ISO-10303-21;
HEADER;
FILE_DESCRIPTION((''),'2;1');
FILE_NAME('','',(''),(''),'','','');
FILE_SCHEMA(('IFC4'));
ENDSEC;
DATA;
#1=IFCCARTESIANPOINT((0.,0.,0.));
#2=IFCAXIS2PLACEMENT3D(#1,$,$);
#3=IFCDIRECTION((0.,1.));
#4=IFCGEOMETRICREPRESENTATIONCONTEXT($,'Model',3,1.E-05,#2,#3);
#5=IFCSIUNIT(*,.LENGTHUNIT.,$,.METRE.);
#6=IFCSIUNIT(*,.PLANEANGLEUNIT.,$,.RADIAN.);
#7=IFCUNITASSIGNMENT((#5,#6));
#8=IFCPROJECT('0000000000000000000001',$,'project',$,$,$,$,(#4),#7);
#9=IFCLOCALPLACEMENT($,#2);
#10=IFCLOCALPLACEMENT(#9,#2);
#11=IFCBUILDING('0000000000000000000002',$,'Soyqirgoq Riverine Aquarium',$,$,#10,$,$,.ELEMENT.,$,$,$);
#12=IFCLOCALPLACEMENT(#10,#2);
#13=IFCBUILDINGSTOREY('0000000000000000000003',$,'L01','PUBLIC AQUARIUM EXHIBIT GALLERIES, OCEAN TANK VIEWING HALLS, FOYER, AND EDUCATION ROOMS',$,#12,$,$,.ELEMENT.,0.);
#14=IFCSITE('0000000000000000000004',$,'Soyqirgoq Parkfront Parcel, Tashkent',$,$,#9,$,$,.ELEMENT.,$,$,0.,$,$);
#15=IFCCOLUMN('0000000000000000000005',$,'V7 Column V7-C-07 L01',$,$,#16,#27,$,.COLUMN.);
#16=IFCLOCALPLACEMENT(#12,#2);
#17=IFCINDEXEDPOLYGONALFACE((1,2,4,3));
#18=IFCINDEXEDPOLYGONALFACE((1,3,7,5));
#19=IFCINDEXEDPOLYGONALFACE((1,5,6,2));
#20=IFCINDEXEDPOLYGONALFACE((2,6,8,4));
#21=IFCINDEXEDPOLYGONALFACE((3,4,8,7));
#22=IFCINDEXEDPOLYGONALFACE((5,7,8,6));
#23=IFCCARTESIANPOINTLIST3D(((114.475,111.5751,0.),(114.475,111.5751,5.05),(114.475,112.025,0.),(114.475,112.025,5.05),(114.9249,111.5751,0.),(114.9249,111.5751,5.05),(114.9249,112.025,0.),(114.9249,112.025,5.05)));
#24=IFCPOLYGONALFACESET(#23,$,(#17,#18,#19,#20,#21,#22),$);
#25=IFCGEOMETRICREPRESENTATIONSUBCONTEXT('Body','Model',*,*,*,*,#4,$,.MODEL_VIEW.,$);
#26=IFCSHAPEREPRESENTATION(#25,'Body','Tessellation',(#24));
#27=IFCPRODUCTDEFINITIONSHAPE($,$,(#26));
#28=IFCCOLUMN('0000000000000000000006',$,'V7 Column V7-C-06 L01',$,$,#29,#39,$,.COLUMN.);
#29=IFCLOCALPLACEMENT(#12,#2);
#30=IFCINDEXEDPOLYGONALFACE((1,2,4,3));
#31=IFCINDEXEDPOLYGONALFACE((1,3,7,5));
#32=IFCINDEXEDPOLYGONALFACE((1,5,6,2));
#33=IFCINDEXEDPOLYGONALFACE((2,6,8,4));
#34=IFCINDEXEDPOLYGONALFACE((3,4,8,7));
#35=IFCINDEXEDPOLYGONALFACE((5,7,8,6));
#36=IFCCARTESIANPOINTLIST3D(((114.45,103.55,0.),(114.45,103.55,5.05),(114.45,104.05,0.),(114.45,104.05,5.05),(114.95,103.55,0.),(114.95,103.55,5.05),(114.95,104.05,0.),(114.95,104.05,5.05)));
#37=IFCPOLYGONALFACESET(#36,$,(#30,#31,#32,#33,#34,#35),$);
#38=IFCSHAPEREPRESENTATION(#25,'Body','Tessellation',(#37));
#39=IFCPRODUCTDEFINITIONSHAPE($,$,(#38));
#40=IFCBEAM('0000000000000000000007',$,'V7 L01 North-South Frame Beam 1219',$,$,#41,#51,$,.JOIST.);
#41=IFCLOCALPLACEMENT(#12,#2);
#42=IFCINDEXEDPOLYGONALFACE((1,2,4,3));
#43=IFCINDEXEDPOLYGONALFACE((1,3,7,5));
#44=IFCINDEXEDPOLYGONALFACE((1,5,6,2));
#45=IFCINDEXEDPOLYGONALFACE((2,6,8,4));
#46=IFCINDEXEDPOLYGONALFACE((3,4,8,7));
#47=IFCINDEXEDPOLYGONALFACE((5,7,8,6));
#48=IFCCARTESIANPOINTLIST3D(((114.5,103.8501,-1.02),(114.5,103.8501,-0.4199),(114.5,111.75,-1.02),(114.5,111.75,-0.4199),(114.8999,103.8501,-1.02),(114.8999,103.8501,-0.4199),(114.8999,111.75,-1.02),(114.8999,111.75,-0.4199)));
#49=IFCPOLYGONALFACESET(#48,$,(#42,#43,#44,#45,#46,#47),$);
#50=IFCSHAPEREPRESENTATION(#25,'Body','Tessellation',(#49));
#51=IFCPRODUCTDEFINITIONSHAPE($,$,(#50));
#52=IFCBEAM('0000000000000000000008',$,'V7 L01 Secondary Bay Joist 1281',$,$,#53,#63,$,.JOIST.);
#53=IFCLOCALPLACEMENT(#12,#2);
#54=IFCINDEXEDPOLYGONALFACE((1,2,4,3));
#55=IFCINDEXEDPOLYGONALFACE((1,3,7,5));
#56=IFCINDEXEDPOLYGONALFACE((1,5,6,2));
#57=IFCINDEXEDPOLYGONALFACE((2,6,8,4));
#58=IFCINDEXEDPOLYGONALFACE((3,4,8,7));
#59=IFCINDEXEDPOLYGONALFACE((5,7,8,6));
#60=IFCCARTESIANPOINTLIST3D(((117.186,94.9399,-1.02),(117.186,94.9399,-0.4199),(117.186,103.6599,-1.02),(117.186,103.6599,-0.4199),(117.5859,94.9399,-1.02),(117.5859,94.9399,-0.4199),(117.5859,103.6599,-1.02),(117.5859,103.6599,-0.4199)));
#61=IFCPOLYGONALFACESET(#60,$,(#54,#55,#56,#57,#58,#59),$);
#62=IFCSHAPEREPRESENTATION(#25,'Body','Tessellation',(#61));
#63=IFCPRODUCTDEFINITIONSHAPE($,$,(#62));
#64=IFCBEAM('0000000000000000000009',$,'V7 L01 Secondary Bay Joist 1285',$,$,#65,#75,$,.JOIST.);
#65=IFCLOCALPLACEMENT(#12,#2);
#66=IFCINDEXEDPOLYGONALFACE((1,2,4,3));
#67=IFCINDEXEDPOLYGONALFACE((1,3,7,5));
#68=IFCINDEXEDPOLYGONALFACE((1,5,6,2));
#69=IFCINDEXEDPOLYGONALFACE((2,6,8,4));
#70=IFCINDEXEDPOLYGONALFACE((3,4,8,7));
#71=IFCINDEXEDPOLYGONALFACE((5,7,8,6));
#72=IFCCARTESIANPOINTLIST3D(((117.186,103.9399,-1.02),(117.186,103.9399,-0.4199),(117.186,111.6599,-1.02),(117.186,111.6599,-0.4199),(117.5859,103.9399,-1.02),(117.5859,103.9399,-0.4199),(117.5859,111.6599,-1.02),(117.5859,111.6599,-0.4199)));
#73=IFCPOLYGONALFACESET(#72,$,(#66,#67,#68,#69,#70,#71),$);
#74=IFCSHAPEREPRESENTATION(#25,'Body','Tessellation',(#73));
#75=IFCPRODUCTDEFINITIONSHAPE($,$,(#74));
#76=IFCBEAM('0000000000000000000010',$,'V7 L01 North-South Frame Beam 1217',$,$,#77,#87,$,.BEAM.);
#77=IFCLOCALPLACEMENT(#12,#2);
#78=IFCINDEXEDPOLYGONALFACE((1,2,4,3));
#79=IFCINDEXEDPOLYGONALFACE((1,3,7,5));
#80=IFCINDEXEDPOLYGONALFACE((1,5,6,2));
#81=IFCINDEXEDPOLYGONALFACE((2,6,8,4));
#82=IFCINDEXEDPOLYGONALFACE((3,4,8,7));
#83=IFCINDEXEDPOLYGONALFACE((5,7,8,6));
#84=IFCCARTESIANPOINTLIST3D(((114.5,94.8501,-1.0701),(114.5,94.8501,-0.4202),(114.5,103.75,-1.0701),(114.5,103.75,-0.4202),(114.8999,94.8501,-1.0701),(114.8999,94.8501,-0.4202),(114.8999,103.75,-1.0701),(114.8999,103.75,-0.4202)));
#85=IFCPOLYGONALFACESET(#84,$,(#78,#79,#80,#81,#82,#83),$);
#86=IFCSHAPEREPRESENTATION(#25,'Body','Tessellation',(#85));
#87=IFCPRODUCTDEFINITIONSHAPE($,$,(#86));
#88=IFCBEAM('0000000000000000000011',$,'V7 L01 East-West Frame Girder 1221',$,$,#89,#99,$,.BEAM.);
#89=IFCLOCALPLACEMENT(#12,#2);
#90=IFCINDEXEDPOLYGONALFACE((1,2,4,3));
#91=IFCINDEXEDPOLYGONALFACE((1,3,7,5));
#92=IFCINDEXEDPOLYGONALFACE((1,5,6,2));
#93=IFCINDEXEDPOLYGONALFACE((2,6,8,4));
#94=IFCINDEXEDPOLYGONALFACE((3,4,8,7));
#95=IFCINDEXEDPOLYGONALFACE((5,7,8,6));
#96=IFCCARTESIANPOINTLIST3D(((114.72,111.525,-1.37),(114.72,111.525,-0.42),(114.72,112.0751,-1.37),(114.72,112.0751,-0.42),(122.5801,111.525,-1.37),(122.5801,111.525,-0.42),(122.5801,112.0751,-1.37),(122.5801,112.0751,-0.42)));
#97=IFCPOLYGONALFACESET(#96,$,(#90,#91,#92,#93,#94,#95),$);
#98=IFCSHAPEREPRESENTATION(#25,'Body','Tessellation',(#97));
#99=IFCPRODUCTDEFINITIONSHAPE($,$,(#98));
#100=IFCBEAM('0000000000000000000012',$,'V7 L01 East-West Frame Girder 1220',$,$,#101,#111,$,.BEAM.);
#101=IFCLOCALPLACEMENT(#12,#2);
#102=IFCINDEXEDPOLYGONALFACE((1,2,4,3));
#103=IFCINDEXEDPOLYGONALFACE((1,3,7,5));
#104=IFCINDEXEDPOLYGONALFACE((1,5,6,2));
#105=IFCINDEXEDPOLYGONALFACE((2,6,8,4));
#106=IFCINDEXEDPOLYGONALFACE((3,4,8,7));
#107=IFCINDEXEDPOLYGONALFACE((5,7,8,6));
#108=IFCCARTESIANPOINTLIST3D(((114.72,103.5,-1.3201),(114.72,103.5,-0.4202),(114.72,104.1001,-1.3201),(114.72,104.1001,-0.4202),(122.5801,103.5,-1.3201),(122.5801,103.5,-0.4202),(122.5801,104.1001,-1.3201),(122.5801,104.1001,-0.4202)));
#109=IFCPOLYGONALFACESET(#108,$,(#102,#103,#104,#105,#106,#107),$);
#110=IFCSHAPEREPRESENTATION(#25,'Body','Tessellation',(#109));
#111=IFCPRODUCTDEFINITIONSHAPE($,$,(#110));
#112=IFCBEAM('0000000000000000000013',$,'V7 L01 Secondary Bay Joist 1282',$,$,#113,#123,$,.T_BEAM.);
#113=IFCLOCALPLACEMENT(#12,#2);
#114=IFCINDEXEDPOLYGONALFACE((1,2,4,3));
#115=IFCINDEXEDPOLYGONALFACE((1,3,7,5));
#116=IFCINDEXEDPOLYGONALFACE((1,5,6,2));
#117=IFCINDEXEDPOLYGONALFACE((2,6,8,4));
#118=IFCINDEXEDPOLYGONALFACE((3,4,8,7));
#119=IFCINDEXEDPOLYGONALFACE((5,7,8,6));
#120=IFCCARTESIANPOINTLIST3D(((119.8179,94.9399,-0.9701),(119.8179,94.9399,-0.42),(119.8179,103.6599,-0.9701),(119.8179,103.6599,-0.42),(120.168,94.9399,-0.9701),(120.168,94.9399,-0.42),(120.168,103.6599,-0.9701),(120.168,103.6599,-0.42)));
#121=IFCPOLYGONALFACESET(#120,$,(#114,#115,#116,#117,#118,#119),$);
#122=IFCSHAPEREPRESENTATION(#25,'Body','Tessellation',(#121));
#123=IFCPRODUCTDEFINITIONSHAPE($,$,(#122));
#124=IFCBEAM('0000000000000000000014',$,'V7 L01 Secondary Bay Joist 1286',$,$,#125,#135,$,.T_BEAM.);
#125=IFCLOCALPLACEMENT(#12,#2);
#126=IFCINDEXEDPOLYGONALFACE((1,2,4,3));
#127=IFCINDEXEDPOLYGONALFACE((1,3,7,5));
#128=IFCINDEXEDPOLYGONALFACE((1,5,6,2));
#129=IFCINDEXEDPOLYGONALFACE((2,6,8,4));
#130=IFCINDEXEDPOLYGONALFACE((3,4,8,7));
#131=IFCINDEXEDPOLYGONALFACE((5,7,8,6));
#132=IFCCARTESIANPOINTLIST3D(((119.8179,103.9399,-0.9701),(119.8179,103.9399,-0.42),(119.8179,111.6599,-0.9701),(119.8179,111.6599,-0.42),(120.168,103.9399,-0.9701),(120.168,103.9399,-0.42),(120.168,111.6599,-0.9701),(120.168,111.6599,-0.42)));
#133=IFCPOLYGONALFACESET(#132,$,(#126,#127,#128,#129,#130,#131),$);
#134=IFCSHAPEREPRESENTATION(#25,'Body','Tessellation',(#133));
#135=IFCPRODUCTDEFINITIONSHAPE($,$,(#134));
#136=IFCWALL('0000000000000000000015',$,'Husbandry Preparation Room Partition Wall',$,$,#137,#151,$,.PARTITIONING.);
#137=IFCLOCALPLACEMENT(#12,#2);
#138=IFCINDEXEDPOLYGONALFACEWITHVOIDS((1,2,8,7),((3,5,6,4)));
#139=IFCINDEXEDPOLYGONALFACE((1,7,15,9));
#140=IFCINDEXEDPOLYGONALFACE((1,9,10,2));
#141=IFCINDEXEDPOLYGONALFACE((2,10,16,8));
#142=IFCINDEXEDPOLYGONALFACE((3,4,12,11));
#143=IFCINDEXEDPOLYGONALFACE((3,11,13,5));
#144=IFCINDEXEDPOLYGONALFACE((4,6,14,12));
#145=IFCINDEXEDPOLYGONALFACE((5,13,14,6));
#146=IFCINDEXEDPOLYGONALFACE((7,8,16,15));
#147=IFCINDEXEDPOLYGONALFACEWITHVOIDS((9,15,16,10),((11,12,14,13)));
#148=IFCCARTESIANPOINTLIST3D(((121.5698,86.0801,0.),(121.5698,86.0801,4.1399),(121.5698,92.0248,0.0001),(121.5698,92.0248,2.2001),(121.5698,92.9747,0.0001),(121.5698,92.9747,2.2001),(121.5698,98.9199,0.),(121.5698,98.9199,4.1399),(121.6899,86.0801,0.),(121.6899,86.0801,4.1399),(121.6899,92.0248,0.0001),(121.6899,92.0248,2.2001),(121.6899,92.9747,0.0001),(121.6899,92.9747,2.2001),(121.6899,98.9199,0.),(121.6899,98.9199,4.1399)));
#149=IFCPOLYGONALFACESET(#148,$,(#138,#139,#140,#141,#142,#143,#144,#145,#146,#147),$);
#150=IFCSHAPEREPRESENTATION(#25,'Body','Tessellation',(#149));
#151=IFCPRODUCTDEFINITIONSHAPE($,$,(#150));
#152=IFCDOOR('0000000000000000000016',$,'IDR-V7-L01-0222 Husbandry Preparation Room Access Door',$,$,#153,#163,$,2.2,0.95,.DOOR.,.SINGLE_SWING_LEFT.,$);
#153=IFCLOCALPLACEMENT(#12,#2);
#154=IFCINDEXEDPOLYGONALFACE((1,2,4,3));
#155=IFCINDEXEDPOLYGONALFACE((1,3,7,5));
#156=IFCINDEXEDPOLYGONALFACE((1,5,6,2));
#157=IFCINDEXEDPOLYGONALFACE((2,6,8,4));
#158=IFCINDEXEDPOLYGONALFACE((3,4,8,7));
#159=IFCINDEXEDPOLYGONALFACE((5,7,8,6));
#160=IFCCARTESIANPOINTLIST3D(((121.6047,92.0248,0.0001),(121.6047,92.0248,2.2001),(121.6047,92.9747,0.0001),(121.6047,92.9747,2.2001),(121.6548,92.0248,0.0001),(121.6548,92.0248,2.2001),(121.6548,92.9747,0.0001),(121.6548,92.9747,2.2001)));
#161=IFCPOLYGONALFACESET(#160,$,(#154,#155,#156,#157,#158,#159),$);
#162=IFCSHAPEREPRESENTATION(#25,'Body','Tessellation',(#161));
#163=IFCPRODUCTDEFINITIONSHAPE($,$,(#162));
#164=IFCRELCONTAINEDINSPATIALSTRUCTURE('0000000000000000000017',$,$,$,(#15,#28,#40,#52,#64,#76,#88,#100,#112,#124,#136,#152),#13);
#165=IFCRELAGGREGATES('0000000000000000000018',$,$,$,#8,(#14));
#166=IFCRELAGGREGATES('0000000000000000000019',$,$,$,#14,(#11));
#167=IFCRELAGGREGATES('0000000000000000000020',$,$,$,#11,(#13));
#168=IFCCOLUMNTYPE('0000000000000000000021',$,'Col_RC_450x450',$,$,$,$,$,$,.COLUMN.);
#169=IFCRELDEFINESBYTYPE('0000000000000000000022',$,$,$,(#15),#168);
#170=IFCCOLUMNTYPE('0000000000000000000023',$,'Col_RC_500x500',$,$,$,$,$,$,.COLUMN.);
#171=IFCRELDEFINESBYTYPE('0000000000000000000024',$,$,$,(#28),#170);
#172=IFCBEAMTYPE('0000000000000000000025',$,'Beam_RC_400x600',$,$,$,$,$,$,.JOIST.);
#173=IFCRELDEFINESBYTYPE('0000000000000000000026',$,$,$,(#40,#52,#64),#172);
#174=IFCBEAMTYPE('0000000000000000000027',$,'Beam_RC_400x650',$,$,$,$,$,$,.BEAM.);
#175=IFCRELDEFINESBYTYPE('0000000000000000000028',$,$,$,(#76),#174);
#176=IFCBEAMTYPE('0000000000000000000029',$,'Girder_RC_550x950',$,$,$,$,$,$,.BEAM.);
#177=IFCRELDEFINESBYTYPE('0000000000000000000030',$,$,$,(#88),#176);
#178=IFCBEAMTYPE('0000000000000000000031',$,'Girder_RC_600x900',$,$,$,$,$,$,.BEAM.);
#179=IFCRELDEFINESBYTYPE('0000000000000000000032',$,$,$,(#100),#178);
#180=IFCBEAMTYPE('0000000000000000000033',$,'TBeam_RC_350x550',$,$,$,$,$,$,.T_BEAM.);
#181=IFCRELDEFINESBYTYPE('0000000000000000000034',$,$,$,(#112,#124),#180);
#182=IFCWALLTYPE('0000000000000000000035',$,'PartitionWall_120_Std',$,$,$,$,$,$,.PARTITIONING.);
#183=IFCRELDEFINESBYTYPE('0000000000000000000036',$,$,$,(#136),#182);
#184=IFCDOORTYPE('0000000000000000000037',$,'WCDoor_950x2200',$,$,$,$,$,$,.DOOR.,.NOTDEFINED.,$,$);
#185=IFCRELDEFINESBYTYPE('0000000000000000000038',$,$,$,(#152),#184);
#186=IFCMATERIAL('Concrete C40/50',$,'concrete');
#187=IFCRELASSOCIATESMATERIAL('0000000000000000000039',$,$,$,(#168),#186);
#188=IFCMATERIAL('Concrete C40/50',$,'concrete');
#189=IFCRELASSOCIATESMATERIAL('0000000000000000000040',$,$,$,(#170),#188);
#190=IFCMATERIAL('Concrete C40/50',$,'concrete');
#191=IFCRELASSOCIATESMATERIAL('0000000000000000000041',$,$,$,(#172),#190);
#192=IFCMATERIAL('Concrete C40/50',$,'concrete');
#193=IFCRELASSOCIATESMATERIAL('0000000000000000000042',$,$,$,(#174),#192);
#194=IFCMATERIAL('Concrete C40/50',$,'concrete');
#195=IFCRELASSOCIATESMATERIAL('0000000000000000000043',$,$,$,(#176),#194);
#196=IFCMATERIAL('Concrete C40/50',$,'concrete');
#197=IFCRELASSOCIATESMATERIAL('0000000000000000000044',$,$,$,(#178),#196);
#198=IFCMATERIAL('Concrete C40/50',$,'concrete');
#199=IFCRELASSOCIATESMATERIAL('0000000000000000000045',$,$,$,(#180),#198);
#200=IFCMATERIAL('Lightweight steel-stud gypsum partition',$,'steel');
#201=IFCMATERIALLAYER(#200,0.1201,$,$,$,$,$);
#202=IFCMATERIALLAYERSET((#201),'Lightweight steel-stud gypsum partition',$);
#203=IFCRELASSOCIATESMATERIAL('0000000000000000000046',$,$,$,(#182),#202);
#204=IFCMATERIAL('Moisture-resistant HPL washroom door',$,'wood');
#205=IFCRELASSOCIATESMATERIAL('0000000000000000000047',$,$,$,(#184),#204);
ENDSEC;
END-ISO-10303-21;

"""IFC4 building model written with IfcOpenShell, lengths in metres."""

from ifc_helpers import new_model, si_unit, direction, frame, frame_2d, origin, origin_2d, place, context, subcontext, project, spatial, rectangle, extrude, material, layer, layer_set, material_profile, profile_set, type_object, element, fill, save


model = new_model("IFC4")

# Units and contexts
model_context = context("Model", 3, precision=1e-05, world=origin(), true_north=direction((0.0, 1.0)))
body_context = subcontext(model_context, "Body", "Model", "MODEL_VIEW")
ifc_project = project(units=[si_unit("LENGTHUNIT", "METRE"), si_unit("PLANEANGLEUNIT", "RADIAN")], contexts=[model_context])

# Site, building, storey
site_placement = place(None, origin())
site = spatial("IfcSite", under=ifc_project, at=site_placement, Name="Soyqirgoq Parkfront Parcel, Tashkent", CompositionType="ELEMENT", RefElevation=0.0)
building_placement = place(site_placement, origin())
building = spatial("IfcBuilding", under=site, at=building_placement, Name="Soyqirgoq Riverine Aquarium", CompositionType="ELEMENT")
storey_placement = place(building_placement, origin())
storey = spatial("IfcBuildingStorey", under=building, at=storey_placement, Name="L01", Description="PUBLIC AQUARIUM EXHIBIT GALLERIES, OCEAN TANK VIEWING HALLS, FOYER, AND EDUCATION ROOMS", CompositionType="ELEMENT", Elevation=0.0)

# Columns
ifc_material_1 = material(Name="Concrete C40/50", Category="concrete")
ifc_material_profile_1 = material_profile(ifc_material_1, rectangle(XDim=0.45, YDim=0.45, at=origin_2d()), Name="RC 450x450")
ifc_profile_set_1 = profile_set([ifc_material_profile_1], Name="Concrete C40/50")
column_type_1 = type_object("IfcColumnType", Name="Col_RC_450x450", PredefinedType="COLUMN", material=ifc_profile_set_1)
column_1_placement = place(storey_placement, frame((114.7, 111.8, 0.0), z_axis=(0.0, 0.0, 1.0), x_axis=(1.0, 0.0, 0.0)))
element("IfcColumn", 1, at=column_1_placement, inside=storey, type_object=column_type_1, Name="V7 Column V7-C-07 L01", PredefinedType="COLUMN", context=body_context, shape_type="SweptSolid", body=[
    extrude(rectangle(XDim=0.45, YDim=0.45, at=origin_2d()), origin(), (0.0, 0.0, 1.0), 5.05),
])
ifc_material_2 = material(Name="Concrete C40/50", Category="concrete")
ifc_material_profile_2 = material_profile(ifc_material_2, rectangle(XDim=0.5, YDim=0.5, at=origin_2d()), Name="RC 500x500")
ifc_profile_set_2 = profile_set([ifc_material_profile_2], Name="Concrete C40/50")
column_type_2 = type_object("IfcColumnType", Name="Col_RC_500x500", PredefinedType="COLUMN", material=ifc_profile_set_2)
column_2_placement = place(storey_placement, frame((114.7, 103.8, 0.0), z_axis=(0.0, 0.0, 1.0), x_axis=(1.0, 0.0, 0.0)))
element("IfcColumn", 2, at=column_2_placement, inside=storey, type_object=column_type_2, Name="V7 Column V7-C-06 L01", PredefinedType="COLUMN", context=body_context, shape_type="SweptSolid", body=[
    extrude(rectangle(XDim=0.5, YDim=0.5, at=origin_2d()), origin(), (0.0, 0.0, 1.0), 5.05),
])

# Beams
ifc_material_3 = material(Name="Concrete C40/50", Category="concrete")
ifc_material_profile_3 = material_profile(ifc_material_3, rectangle(XDim=0.3999, YDim=0.6001, at=origin_2d()), Name="RC 400x600")
ifc_profile_set_3 = profile_set([ifc_material_profile_3], Name="Concrete C40/50")
beam_type_1 = type_object("IfcBeamType", Name="Beam_RC_400x600", PredefinedType="JOIST", material=ifc_profile_set_3)
beam_1_placement = place(storey_placement, frame((114.7, 103.8501, -0.72), z_axis=(0.0, 1.0, 0.0), x_axis=(-1.0, 0.0, 0.0)))
element("IfcBeam", 3, at=beam_1_placement, inside=storey, type_object=beam_type_1, Name="V7 L01 North-South Frame Beam 1219", PredefinedType="JOIST", context=body_context, shape_type="SweptSolid", body=[
    extrude(rectangle(XDim=0.3999, YDim=0.6001, at=origin_2d()), origin(), (0.0, 0.0, 1.0), 7.8999),
])
beam_2_placement = place(storey_placement, frame((117.386, 94.9399, -0.72), z_axis=(0.0, 1.0, 0.0), x_axis=(-1.0, 0.0, 0.0)))
element("IfcBeam", 4, at=beam_2_placement, inside=storey, type_object=beam_type_1, Name="V7 L01 Secondary Bay Joist 1281", PredefinedType="JOIST", context=body_context, shape_type="SweptSolid", body=[
    extrude(rectangle(XDim=0.3999, YDim=0.6001, at=origin_2d()), origin(), (0.0, 0.0, 1.0), 8.72),
])
beam_3_placement = place(storey_placement, frame((117.386, 103.9399, -0.72), z_axis=(0.0, 1.0, 0.0), x_axis=(-1.0, 0.0, 0.0)))
element("IfcBeam", 5, at=beam_3_placement, inside=storey, type_object=beam_type_1, Name="V7 L01 Secondary Bay Joist 1285", PredefinedType="JOIST", context=body_context, shape_type="SweptSolid", body=[
    extrude(rectangle(XDim=0.3999, YDim=0.6001, at=origin_2d()), origin(), (0.0, 0.0, 1.0), 7.72),
])
ifc_material_4 = material(Name="Concrete C40/50", Category="concrete")
ifc_material_profile_4 = material_profile(ifc_material_4, rectangle(XDim=0.3999, YDim=0.6499, at=origin_2d()), Name="RC 400x650")
ifc_profile_set_4 = profile_set([ifc_material_profile_4], Name="Concrete C40/50")
beam_type_2 = type_object("IfcBeamType", Name="Beam_RC_400x650", PredefinedType="BEAM", material=ifc_profile_set_4)
beam_4_placement = place(storey_placement, frame((114.7, 94.8501, -0.7451), z_axis=(0.0, 1.0, 0.0), x_axis=(-1.0, 0.0, 0.0)))
element("IfcBeam", 6, at=beam_4_placement, inside=storey, type_object=beam_type_2, Name="V7 L01 North-South Frame Beam 1217", PredefinedType="BEAM", context=body_context, shape_type="SweptSolid", body=[
    extrude(rectangle(XDim=0.3999, YDim=0.6499, at=origin_2d()), origin(), (0.0, 0.0, 1.0), 8.8999),
])
ifc_material_5 = material(Name="Concrete C40/50", Category="concrete")
ifc_material_profile_5 = material_profile(ifc_material_5, rectangle(XDim=0.55, YDim=0.95, at=origin_2d()), Name="RC 550x950")
ifc_profile_set_5 = profile_set([ifc_material_profile_5], Name="Concrete C40/50")
beam_type_3 = type_object("IfcBeamType", Name="Girder_RC_550x950", PredefinedType="BEAM", material=ifc_profile_set_5)
beam_5_placement = place(storey_placement, frame((114.72, 111.8, -0.895), z_axis=(1.0, 0.0, 0.0), x_axis=(0.0, 1.0, 0.0)))
element("IfcBeam", 7, at=beam_5_placement, inside=storey, type_object=beam_type_3, Name="V7 L01 East-West Frame Girder 1221", PredefinedType="BEAM", context=body_context, shape_type="SweptSolid", body=[
    extrude(rectangle(XDim=0.55, YDim=0.95, at=origin_2d()), origin(), (0.0, 0.0, 1.0), 7.8601),
])
ifc_material_6 = material(Name="Concrete C40/50", Category="concrete")
ifc_material_profile_6 = material_profile(ifc_material_6, rectangle(XDim=0.6001, YDim=0.8999, at=origin_2d()), Name="RC 600x900")
ifc_profile_set_6 = profile_set([ifc_material_profile_6], Name="Concrete C40/50")
beam_type_4 = type_object("IfcBeamType", Name="Girder_RC_600x900", PredefinedType="BEAM", material=ifc_profile_set_6)
beam_6_placement = place(storey_placement, frame((114.72, 103.8, -0.8701), z_axis=(1.0, 0.0, 0.0), x_axis=(0.0, 1.0, 0.0)))
element("IfcBeam", 8, at=beam_6_placement, inside=storey, type_object=beam_type_4, Name="V7 L01 East-West Frame Girder 1220", PredefinedType="BEAM", context=body_context, shape_type="SweptSolid", body=[
    extrude(rectangle(XDim=0.6001, YDim=0.8999, at=origin_2d()), origin(), (0.0, 0.0, 1.0), 7.8601),
])
ifc_material_7 = material(Name="Concrete C40/50", Category="concrete")
ifc_material_profile_7 = material_profile(ifc_material_7, rectangle(XDim=0.3501, YDim=0.55, at=origin_2d()), Name="RC 350x550")
ifc_profile_set_7 = profile_set([ifc_material_profile_7], Name="Concrete C40/50")
beam_type_5 = type_object("IfcBeamType", Name="TBeam_RC_350x550", PredefinedType="T_BEAM", material=ifc_profile_set_7)
beam_7_placement = place(storey_placement, frame((119.9929, 94.9399, -0.6951), z_axis=(0.0, 1.0, 0.0), x_axis=(-1.0, 0.0, 0.0)))
element("IfcBeam", 9, at=beam_7_placement, inside=storey, type_object=beam_type_5, Name="V7 L01 Secondary Bay Joist 1282", PredefinedType="T_BEAM", context=body_context, shape_type="SweptSolid", body=[
    extrude(rectangle(XDim=0.3501, YDim=0.55, at=origin_2d()), origin(), (0.0, 0.0, 1.0), 8.72),
])
beam_8_placement = place(storey_placement, frame((119.9929, 103.9399, -0.6951), z_axis=(0.0, 1.0, 0.0), x_axis=(-1.0, 0.0, 0.0)))
element("IfcBeam", 10, at=beam_8_placement, inside=storey, type_object=beam_type_5, Name="V7 L01 Secondary Bay Joist 1286", PredefinedType="T_BEAM", context=body_context, shape_type="SweptSolid", body=[
    extrude(rectangle(XDim=0.3501, YDim=0.55, at=origin_2d()), origin(), (0.0, 0.0, 1.0), 7.72),
])

# Wall, opening, door
ifc_material_8 = material(Name="Lightweight steel-stud gypsum partition", Category="steel")
ifc_layer_1 = layer(ifc_material_8, 0.1201)
ifc_layer_set_1 = layer_set([ifc_layer_1], Name="Lightweight steel-stud gypsum partition")
wall_type_1 = type_object("IfcWallType", Name="PartitionWall_120_Std", PredefinedType="PARTITIONING", material=ifc_layer_set_1)
wall_1_placement = place(storey_placement, frame((121.6299, 98.9199, 0.0), z_axis=(0.0, 0.0, 1.0), x_axis=(0.0, -1.0, 0.0)))
wall_1 = element("IfcWall", 11, at=wall_1_placement, inside=storey, type_object=wall_type_1, Name="Husbandry Preparation Room Partition Wall", PredefinedType="PARTITIONING", context=body_context, shape_type="SweptSolid", body=[
    extrude(rectangle(XDim=12.8398, YDim=0.1201, at=frame_2d((6.4199, 0.0))), origin(), (0.0, 0.0, 1.0), 4.1399),
])
opening_1_placement = place(wall_1_placement, frame((5.9451, 0.0, 0.0)))
opening_1 = element("IfcOpeningElement", 12, at=opening_1_placement, cuts=wall_1, PredefinedType="OPENING", context=body_context, shape_type="SweptSolid", body=[
    extrude(rectangle(XDim=0.95, YDim=2.2, at=frame_2d((0.4751, 1.1001))), frame((0.0, 0.0701, 0.0), z_axis=(0.0, -1.0, 0.0), x_axis=(1.0, 0.0, 0.0)), (0.0, 0.0, 1.0), 0.1401),
])
ifc_material_9 = material(Name="Moisture-resistant HPL washroom door", Category="wood")
door_type_1 = type_object("IfcDoorType", Name="WCDoor_950x2200", OperationType="NOTDEFINED", PredefinedType="DOOR", material=ifc_material_9)
door_1_placement = place(opening_1_placement, origin())
door_1 = element("IfcDoor", 13, at=door_1_placement, inside=storey, type_object=door_type_1, Name="IDR-V7-L01-0222 Husbandry Preparation Room Access Door", OperationType="SINGLE_SWING_LEFT", OverallHeight=2.2, OverallWidth=0.95, PredefinedType="DOOR", context=body_context, shape_type="SweptSolid", body=[
    extrude(rectangle(XDim=0.95, YDim=2.2, at=frame_2d((0.4751, 1.1001))), frame((0.0, 0.0249, 0.0), z_axis=(0.0, -1.0, 0.0), x_axis=(1.0, 0.0, 0.0)), (0.0, 0.0, 1.0), 0.05),
])
fill(opening_1, door_1)

save(model, "model.ifc")
